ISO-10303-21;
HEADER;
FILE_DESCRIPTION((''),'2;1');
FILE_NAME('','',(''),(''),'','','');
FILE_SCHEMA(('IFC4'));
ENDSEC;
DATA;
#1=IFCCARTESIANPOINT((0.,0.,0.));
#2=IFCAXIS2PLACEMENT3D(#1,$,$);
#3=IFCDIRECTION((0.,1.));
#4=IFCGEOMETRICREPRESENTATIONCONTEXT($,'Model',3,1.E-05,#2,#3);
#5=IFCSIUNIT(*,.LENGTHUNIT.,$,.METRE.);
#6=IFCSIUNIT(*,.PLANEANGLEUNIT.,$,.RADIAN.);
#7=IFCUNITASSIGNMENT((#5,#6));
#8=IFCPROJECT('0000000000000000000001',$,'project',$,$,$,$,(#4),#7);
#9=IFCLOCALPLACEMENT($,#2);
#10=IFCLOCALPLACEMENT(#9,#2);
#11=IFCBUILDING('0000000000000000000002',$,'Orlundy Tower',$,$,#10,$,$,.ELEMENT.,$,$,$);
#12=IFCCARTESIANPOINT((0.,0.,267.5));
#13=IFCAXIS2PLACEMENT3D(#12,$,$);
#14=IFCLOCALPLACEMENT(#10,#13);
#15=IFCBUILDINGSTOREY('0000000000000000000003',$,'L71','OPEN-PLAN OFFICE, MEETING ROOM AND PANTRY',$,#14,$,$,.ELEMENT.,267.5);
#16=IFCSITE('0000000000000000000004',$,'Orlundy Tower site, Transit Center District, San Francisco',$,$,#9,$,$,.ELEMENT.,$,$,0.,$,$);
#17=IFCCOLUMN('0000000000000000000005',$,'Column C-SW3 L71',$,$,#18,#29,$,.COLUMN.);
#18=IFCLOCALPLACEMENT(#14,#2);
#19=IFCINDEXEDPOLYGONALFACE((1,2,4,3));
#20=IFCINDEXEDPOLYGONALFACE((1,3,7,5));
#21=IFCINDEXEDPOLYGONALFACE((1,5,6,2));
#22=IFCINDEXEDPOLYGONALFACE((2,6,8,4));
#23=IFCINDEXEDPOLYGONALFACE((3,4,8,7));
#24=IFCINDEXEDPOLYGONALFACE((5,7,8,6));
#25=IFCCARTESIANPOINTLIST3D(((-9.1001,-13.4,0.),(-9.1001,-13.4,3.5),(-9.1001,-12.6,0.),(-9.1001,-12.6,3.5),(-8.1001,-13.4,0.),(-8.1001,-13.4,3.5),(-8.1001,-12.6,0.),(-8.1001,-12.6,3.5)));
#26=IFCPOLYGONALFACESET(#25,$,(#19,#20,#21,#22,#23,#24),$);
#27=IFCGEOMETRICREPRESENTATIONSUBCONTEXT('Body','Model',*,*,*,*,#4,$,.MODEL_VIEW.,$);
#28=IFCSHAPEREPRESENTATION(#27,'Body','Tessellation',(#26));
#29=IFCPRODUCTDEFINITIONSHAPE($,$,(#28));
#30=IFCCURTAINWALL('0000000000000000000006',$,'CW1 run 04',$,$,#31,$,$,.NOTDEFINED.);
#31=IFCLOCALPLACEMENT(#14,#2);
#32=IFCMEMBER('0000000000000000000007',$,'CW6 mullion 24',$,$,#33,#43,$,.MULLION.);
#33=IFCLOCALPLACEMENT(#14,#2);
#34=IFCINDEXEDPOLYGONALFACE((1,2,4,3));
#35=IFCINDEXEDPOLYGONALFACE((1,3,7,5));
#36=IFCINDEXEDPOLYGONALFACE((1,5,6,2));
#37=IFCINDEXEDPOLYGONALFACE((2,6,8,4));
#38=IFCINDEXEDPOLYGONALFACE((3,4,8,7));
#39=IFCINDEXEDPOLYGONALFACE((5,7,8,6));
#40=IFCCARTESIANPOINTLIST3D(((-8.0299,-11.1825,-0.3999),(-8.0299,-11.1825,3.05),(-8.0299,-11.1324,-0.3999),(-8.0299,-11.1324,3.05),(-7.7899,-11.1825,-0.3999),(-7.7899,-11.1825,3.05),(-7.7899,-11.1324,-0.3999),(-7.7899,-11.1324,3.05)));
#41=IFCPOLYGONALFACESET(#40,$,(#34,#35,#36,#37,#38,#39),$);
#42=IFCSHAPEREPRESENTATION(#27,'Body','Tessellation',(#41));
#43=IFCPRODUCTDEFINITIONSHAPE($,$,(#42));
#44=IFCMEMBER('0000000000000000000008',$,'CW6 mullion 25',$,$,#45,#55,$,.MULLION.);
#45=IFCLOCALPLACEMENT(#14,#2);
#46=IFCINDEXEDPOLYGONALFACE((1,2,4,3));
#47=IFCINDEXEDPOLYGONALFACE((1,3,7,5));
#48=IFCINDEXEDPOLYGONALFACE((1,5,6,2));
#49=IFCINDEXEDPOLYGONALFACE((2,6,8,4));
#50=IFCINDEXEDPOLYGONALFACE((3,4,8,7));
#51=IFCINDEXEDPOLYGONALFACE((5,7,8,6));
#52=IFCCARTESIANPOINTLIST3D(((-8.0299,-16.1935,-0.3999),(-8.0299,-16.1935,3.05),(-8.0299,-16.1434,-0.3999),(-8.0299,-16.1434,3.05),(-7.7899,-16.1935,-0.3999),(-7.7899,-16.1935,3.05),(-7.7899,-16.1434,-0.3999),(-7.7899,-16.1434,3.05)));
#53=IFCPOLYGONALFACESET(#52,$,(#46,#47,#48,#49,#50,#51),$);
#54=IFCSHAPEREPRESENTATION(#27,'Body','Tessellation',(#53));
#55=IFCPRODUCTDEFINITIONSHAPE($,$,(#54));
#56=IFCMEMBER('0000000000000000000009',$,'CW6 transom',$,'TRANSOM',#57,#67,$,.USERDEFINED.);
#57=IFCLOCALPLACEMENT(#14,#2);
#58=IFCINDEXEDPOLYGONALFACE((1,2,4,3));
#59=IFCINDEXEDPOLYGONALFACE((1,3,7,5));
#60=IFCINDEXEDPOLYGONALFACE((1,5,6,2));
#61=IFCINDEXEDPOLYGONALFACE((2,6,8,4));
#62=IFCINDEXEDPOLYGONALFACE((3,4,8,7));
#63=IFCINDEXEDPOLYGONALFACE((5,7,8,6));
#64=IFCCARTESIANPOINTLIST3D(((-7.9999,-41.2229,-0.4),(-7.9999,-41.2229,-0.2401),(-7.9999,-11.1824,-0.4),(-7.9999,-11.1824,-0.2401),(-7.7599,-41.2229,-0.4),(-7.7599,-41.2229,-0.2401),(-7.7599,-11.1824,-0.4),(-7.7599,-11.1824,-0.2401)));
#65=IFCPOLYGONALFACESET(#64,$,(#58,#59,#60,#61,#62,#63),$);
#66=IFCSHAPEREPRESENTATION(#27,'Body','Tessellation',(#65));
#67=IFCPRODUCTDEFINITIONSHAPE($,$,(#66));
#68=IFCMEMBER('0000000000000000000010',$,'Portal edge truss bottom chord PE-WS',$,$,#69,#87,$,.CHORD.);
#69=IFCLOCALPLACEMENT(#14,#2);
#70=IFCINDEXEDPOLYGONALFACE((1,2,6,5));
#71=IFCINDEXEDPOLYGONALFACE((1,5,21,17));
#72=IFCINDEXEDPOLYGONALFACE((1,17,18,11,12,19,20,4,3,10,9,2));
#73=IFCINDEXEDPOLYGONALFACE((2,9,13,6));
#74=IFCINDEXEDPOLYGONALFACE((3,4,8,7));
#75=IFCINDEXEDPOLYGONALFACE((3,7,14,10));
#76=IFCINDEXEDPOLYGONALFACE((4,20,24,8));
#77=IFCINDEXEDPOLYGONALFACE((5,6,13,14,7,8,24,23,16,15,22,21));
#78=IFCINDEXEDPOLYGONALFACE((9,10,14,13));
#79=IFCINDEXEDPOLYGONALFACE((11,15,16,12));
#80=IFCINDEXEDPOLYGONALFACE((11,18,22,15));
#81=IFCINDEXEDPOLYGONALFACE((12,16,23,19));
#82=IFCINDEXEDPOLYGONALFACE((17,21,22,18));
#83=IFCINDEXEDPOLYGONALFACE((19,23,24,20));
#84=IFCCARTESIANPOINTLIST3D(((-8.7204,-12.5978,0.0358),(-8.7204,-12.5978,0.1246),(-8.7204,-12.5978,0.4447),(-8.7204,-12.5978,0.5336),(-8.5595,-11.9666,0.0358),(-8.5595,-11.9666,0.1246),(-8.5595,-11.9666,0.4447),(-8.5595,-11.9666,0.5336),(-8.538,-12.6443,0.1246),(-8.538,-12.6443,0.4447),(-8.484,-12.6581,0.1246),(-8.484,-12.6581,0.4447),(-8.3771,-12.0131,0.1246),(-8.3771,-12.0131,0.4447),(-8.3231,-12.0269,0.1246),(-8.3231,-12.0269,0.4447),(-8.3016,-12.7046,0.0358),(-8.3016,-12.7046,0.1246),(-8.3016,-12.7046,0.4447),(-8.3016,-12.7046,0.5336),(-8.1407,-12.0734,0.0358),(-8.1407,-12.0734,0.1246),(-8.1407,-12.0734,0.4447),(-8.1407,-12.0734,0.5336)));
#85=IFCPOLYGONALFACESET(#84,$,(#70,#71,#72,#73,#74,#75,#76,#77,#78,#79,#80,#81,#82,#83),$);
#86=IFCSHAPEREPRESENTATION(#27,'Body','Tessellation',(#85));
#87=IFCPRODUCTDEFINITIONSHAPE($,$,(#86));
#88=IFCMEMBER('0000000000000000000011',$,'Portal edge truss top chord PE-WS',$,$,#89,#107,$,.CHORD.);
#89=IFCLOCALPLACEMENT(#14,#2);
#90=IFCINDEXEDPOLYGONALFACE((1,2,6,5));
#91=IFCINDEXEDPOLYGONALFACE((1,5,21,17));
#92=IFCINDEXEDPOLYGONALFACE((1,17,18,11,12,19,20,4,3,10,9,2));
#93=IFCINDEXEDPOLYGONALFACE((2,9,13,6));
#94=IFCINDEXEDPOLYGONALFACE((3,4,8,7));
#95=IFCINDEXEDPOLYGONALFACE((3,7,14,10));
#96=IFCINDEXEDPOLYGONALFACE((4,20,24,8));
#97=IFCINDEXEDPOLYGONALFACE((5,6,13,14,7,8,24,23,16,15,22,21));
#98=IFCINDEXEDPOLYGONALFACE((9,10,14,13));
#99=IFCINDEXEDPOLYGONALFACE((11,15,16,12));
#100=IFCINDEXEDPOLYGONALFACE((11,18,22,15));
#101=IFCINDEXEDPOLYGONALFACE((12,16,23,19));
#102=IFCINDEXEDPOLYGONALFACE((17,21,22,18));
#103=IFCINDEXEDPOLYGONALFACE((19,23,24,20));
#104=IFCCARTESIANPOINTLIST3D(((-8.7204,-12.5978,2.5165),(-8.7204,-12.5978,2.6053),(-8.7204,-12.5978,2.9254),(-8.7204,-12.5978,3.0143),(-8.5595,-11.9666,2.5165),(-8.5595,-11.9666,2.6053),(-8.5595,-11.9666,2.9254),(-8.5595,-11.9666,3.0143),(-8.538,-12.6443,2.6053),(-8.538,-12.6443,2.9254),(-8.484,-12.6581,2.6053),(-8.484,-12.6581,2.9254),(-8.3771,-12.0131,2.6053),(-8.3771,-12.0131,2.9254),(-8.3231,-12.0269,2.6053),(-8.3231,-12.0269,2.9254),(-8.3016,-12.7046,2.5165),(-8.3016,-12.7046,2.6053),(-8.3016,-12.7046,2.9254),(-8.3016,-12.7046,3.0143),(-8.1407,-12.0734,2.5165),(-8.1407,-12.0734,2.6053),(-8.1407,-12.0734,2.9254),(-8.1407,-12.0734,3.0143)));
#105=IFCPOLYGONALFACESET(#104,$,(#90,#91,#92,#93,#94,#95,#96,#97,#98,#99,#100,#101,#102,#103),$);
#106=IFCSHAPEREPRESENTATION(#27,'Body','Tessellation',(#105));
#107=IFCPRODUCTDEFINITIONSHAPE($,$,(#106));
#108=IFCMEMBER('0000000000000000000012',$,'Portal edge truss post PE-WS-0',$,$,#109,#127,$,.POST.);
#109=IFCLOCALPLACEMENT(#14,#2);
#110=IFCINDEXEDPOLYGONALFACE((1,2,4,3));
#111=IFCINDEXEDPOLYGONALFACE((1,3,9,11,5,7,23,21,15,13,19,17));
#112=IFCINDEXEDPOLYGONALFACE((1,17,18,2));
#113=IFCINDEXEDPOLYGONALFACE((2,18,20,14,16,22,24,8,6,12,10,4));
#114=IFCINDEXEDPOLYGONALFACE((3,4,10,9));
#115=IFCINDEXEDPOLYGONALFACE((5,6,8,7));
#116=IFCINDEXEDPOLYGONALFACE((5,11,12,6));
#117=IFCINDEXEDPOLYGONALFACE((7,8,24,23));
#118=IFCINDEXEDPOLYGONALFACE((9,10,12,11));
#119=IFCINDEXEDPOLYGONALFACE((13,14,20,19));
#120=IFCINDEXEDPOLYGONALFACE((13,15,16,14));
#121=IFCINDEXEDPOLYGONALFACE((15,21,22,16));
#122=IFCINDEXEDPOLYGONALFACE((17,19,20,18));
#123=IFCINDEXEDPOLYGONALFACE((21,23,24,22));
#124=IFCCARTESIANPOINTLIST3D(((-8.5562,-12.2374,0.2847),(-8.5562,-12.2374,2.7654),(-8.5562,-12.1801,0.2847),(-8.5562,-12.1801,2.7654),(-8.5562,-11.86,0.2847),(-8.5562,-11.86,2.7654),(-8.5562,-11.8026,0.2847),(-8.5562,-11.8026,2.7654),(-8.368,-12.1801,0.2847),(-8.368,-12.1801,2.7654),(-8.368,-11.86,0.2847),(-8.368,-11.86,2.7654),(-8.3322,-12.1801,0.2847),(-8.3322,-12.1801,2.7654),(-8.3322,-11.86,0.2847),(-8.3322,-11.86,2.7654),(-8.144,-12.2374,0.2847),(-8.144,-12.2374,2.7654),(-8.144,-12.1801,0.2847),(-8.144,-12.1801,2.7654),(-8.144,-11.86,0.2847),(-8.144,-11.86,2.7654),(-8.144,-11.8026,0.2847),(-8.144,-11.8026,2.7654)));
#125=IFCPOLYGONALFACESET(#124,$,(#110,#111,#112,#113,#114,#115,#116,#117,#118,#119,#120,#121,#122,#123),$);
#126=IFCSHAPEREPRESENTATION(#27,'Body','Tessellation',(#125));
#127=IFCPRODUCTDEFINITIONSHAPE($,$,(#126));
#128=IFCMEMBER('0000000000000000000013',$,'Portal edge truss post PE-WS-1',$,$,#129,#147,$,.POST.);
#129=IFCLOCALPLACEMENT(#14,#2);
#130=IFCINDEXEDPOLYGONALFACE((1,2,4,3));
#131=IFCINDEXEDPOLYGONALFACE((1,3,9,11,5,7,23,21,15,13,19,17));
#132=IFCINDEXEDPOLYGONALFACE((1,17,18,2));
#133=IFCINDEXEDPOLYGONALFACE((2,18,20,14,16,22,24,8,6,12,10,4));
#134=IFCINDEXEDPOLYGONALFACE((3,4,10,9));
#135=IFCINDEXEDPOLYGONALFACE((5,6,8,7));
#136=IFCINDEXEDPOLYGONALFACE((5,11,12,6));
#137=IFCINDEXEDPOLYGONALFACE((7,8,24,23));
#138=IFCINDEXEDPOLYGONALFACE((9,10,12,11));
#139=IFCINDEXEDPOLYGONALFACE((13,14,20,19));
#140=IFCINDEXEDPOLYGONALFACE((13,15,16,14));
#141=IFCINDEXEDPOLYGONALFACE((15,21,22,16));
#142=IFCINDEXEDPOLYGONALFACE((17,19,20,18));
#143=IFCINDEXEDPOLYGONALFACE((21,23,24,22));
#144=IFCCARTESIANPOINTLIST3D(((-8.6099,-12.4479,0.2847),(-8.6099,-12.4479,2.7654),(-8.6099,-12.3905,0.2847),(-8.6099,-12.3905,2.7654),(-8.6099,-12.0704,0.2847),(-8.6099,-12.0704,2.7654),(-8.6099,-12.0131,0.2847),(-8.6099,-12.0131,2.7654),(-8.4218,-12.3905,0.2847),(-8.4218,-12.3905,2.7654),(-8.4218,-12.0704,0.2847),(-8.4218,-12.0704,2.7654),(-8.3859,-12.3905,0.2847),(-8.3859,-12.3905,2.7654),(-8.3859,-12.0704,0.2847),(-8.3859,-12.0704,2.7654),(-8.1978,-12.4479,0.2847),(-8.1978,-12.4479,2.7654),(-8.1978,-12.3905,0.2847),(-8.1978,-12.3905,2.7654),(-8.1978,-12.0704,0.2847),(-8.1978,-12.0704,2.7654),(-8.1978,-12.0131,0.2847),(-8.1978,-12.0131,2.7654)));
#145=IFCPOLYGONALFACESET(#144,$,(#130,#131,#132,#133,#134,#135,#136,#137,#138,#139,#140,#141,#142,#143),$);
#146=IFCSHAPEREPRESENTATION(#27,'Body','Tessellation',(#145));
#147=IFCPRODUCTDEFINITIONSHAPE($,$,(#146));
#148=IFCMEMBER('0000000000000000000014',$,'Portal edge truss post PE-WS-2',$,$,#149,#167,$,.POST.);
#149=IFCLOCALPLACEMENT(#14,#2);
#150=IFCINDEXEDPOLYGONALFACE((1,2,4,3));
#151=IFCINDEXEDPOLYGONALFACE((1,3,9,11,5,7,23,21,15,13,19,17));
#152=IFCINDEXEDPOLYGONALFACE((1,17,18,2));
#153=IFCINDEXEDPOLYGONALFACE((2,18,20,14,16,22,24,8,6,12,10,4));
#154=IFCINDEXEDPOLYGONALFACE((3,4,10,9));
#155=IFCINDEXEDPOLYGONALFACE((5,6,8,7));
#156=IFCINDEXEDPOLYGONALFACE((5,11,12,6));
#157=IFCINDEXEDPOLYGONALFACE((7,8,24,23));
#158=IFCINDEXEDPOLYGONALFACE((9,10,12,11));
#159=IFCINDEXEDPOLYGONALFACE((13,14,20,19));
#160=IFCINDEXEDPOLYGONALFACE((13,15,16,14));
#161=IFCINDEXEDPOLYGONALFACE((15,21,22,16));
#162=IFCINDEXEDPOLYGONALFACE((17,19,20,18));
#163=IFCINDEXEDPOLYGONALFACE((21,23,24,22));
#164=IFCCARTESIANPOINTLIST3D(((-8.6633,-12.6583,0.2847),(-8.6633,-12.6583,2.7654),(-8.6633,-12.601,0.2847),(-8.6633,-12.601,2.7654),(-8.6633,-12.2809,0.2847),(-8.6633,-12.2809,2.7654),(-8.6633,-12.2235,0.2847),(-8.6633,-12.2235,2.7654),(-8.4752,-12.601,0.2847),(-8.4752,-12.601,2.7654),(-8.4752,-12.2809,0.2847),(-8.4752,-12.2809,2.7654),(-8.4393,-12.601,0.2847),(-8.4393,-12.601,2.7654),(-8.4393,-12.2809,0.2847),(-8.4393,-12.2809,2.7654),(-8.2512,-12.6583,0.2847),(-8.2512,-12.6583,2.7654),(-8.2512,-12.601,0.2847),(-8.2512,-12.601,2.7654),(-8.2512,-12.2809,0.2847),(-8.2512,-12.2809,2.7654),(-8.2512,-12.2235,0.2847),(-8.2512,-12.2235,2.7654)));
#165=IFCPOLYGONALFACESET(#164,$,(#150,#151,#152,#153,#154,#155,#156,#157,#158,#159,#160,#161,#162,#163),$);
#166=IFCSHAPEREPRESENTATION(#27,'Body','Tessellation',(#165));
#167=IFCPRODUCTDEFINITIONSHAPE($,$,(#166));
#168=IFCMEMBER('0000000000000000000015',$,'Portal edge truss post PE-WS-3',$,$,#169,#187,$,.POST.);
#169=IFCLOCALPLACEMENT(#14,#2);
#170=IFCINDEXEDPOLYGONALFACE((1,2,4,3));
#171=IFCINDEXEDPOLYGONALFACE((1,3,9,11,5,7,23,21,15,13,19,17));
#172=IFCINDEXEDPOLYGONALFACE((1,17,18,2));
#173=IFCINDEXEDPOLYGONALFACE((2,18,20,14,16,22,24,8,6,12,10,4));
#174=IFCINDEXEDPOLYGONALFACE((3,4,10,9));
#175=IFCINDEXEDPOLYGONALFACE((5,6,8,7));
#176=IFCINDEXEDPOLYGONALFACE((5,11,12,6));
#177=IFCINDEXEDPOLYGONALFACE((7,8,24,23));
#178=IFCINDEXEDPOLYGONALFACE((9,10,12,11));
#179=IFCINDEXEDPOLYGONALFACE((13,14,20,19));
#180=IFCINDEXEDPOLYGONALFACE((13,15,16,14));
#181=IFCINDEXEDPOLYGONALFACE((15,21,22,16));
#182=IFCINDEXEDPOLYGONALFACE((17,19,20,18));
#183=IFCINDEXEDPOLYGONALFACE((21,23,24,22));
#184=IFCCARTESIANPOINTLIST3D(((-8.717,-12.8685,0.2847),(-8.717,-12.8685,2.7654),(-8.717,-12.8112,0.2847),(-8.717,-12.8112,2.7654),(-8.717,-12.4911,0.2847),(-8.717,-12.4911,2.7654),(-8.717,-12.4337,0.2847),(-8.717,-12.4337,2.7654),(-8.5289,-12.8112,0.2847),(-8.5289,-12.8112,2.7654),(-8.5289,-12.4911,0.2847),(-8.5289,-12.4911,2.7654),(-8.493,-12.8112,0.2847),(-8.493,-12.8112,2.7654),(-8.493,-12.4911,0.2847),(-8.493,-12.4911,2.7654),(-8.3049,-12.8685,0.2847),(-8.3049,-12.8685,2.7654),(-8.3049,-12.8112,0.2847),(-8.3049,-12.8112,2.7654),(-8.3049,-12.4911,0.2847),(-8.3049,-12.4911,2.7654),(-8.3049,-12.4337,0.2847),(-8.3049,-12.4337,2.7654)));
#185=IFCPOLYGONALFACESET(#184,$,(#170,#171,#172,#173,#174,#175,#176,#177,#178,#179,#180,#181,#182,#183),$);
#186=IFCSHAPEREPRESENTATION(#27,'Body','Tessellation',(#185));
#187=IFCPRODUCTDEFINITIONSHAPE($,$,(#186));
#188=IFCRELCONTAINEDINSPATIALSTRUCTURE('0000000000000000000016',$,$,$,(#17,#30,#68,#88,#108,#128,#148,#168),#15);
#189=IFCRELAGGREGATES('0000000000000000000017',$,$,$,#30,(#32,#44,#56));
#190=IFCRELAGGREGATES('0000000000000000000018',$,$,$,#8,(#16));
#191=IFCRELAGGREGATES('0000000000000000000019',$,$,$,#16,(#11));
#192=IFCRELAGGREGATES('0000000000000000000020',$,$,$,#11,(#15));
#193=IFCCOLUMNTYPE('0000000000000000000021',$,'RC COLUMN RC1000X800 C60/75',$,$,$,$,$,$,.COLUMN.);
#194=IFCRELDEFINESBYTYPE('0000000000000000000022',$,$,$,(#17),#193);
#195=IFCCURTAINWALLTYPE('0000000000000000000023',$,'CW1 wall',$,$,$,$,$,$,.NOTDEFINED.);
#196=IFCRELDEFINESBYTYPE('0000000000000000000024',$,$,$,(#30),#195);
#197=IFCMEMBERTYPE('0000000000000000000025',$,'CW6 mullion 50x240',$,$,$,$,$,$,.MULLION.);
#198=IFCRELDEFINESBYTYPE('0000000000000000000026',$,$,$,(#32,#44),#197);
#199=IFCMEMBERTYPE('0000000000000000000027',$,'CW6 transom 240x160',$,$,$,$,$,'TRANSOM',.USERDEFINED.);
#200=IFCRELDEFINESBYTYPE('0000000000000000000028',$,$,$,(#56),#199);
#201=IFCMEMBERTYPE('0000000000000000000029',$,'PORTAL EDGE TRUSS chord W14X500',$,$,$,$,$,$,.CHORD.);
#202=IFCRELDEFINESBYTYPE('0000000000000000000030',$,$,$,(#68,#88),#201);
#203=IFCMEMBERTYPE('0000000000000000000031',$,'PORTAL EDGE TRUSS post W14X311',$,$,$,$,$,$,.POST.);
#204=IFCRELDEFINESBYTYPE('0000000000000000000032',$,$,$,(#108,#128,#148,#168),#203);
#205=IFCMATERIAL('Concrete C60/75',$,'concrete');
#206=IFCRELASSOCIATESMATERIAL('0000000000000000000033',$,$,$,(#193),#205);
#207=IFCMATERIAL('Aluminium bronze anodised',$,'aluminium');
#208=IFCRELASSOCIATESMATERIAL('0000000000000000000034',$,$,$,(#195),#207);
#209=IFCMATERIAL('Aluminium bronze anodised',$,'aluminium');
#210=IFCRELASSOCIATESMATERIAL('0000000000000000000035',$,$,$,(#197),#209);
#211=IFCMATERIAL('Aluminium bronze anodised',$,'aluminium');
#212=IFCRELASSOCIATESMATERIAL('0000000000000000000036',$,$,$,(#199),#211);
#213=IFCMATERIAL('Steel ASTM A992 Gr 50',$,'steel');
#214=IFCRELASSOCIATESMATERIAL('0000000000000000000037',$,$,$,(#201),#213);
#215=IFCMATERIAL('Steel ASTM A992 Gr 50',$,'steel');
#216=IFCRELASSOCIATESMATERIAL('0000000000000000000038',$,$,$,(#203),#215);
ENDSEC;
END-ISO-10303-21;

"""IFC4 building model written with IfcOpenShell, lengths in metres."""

from ifc_helpers import new_model, si_unit, direction, frame, origin, origin_2d, place, context, subcontext, project, spatial, rectangle, i_section, extrude, material, material_profile, profile_set, type_object, element, aggregate, save


model = new_model("IFC4")

# Units and contexts
model_context = context("Model", 3, precision=1e-05, world=origin(), true_north=direction((0.0, 1.0)))
body_context = subcontext(model_context, "Body", "Model", "MODEL_VIEW")
ifc_project = project(units=[si_unit("LENGTHUNIT", "METRE"), si_unit("PLANEANGLEUNIT", "RADIAN")], contexts=[model_context])

# Site, building, storey
site_placement = place(None, origin())
site = spatial("IfcSite", under=ifc_project, at=site_placement, Name="Orlundy Tower site, Transit Center District, San Francisco", CompositionType="ELEMENT", RefElevation=0.0)
building_placement = place(site_placement, origin())
building = spatial("IfcBuilding", under=site, at=building_placement, Name="Orlundy Tower", CompositionType="ELEMENT")
storey_placement = place(building_placement, frame((0.0, 0.0, 267.5)))
storey = spatial("IfcBuildingStorey", under=building, at=storey_placement, Name="L71", Description="OPEN-PLAN OFFICE, MEETING ROOM AND PANTRY", CompositionType="ELEMENT", Elevation=267.5)

# Column
ifc_material_1 = material(Name="Concrete C60/75", Category="concrete")
ifc_material_profile_1 = material_profile(ifc_material_1, rectangle(XDim=1.0, YDim=0.8, at=origin_2d()), Name="RC1000X800")
ifc_profile_set_1 = profile_set([ifc_material_profile_1], Name="Concrete C60/75")
column_type = type_object("IfcColumnType", Name="RC COLUMN RC1000X800 C60/75", PredefinedType="COLUMN", material=ifc_profile_set_1)
column_placement = place(storey_placement, frame((-8.6001, -13.0, 0.0), z_axis=(0.0, 0.0, 1.0), x_axis=(1.0, 0.0, 0.0)))
element("IfcColumn", 1, at=column_placement, inside=storey, type_object=column_type, Name="Column C-SW3 L71", PredefinedType="COLUMN", context=body_context, shape_type="SweptSolid", body=[
    extrude(rectangle(XDim=1.0, YDim=0.8, at=origin_2d()), origin(), (0.0, 0.0, 1.0), 3.5),
])

# Curtain wall, members
ifc_material_2 = material(Name="Aluminium bronze anodised", Category="aluminium")
curtain_wall_type = type_object("IfcCurtainWallType", Name="CW1 wall", PredefinedType="NOTDEFINED", material=ifc_material_2)
curtain_wall_placement = place(storey_placement, origin())
curtain_wall = element("IfcCurtainWall", 2, at=curtain_wall_placement, inside=storey, type_object=curtain_wall_type, Name="CW1 run 04", PredefinedType="NOTDEFINED")
ifc_material_3 = material(Name="Aluminium bronze anodised", Category="aluminium")
ifc_material_profile_2 = material_profile(ifc_material_3, rectangle(XDim=0.24, YDim=0.05, at=origin_2d()), Name="CW6 mullion 50x240")
ifc_profile_set_2 = profile_set([ifc_material_profile_2], Name="Aluminium bronze anodised")
member_type_1 = type_object("IfcMemberType", Name="CW6 mullion 50x240", PredefinedType="MULLION", material=ifc_profile_set_2)
member_1_placement = place(storey_placement, frame((-7.9099, -11.1575, -0.3999), z_axis=(0.0, 0.0, 1.0), x_axis=(1.0, 0.0, 0.0)))
member_1 = element("IfcMember", 3, at=member_1_placement, type_object=member_type_1, Name="CW6 mullion 24", PredefinedType="MULLION", context=body_context, shape_type="SweptSolid", body=[
    extrude(rectangle(XDim=0.24, YDim=0.05, at=origin_2d()), origin(), (0.0, 0.0, 1.0), 3.45),
])
member_2_placement = place(storey_placement, frame((-7.9099, -16.1685, -0.3999), z_axis=(0.0, 0.0, 1.0), x_axis=(1.0, 0.0, 0.0)))
member_2 = element("IfcMember", 4, at=member_2_placement, type_object=member_type_1, Name="CW6 mullion 25", PredefinedType="MULLION", context=body_context, shape_type="SweptSolid", body=[
    extrude(rectangle(XDim=0.24, YDim=0.05, at=origin_2d()), origin(), (0.0, 0.0, 1.0), 3.45),
])
ifc_material_4 = material(Name="Aluminium bronze anodised", Category="aluminium")
ifc_material_profile_3 = material_profile(ifc_material_4, rectangle(XDim=0.24, YDim=0.1599, at=origin_2d()), Name="CW6 transom 240x160")
ifc_profile_set_3 = profile_set([ifc_material_profile_3], Name="Aluminium bronze anodised")
member_type_2 = type_object("IfcMemberType", Name="CW6 transom 240x160", ElementType="TRANSOM", PredefinedType="USERDEFINED", material=ifc_profile_set_3)
member_3_placement = place(storey_placement, frame((-7.8799, -11.1824, -0.3201), z_axis=(0.0, -1.0, 0.0), x_axis=(1.0, 0.0, 0.0)))
member_3 = element("IfcMember", 5, at=member_3_placement, type_object=member_type_2, Name="CW6 transom", ObjectType="TRANSOM", PredefinedType="USERDEFINED", context=body_context, shape_type="SweptSolid", body=[
    extrude(rectangle(XDim=0.24, YDim=0.1599, at=origin_2d()), origin(), (0.0, 0.0, 1.0), 30.0405),
])

# Members
ifc_material_5 = material(Name="Steel ASTM A992 Gr 50", Category="steel")
ifc_material_profile_4 = material_profile(ifc_material_5, i_section(OverallWidth=0.4321, OverallDepth=0.4978, WebThickness=0.0557, FlangeThickness=0.0889, at=origin_2d()), Name="W14X500")
ifc_profile_set_4 = profile_set([ifc_material_profile_4], Name="Steel ASTM A992 Gr 50")
member_type_3 = type_object("IfcMemberType", Name="PORTAL EDGE TRUSS chord W14X500", PredefinedType="CHORD", material=ifc_profile_set_4)
for number, where, z_axis, x_axis, name in (
    (6, (-8.3501, -12.02, 0.2847), (-0.247031, -0.969007, 0.0), (0.969007, -0.247031, 0.0), "Portal edge truss bottom chord PE-WS"),
    (7, (-8.3501, -12.02, 2.7654), (-0.247031, -0.969007, 0.0), (0.969007, -0.247031, 0.0), "Portal edge truss top chord PE-WS"),
):
    element("IfcMember", number, at=place(storey_placement, frame(where, z_axis=z_axis, x_axis=x_axis)), inside=storey, type_object=member_type_3, Name=name, PredefinedType="CHORD", context=body_context, shape_type="SweptSolid", body=[
        extrude(i_section(OverallWidth=0.4321, OverallDepth=0.4978, WebThickness=0.0557, FlangeThickness=0.0889, at=origin_2d()), origin(), (0.0, 0.0, 1.0), 0.6514),
    ])
ifc_material_6 = material(Name="Steel ASTM A992 Gr 50", Category="steel")
ifc_material_profile_5 = material_profile(ifc_material_6, i_section(OverallWidth=0.4121, OverallDepth=0.4348, WebThickness=0.0359, FlangeThickness=0.0574, at=origin_2d()), Name="W14X311")
ifc_profile_set_5 = profile_set([ifc_material_profile_5], Name="Steel ASTM A992 Gr 50")
member_type_4 = type_object("IfcMemberType", Name="PORTAL EDGE TRUSS post W14X311", PredefinedType="POST", material=ifc_profile_set_5)
for number, where, z_axis, x_axis, name in (
    (8, (-8.3501, -12.02, 0.2847), (0.0, 0.0, 1.0), (1.0, 0.0, 0.0), "Portal edge truss post PE-WS-0"),
    (9, (-8.4038, -12.2305, 0.2847), (0.0, 0.0, 1.0), (1.0, 0.0, 0.0), "Portal edge truss post PE-WS-1"),
    (10, (-8.4573, -12.4409, 0.2847), (0.0, 0.0, 1.0), (1.0, 0.0, 0.0), "Portal edge truss post PE-WS-2"),
    (11, (-8.511, -12.6511, 0.2847), (0.0, 0.0, 1.0), (1.0, 0.0, 0.0), "Portal edge truss post PE-WS-3"),
):
    element("IfcMember", number, at=place(storey_placement, frame(where, z_axis=z_axis, x_axis=x_axis)), inside=storey, type_object=member_type_4, Name=name, PredefinedType="POST", context=body_context, shape_type="SweptSolid", body=[
        extrude(i_section(OverallWidth=0.4121, OverallDepth=0.4348, WebThickness=0.0359, FlangeThickness=0.0574, at=origin_2d()), origin(), (0.0, 0.0, 1.0), 2.4807),
    ])

aggregate(curtain_wall, [member_1, member_2, member_3])

save(model, "model.ifc")
